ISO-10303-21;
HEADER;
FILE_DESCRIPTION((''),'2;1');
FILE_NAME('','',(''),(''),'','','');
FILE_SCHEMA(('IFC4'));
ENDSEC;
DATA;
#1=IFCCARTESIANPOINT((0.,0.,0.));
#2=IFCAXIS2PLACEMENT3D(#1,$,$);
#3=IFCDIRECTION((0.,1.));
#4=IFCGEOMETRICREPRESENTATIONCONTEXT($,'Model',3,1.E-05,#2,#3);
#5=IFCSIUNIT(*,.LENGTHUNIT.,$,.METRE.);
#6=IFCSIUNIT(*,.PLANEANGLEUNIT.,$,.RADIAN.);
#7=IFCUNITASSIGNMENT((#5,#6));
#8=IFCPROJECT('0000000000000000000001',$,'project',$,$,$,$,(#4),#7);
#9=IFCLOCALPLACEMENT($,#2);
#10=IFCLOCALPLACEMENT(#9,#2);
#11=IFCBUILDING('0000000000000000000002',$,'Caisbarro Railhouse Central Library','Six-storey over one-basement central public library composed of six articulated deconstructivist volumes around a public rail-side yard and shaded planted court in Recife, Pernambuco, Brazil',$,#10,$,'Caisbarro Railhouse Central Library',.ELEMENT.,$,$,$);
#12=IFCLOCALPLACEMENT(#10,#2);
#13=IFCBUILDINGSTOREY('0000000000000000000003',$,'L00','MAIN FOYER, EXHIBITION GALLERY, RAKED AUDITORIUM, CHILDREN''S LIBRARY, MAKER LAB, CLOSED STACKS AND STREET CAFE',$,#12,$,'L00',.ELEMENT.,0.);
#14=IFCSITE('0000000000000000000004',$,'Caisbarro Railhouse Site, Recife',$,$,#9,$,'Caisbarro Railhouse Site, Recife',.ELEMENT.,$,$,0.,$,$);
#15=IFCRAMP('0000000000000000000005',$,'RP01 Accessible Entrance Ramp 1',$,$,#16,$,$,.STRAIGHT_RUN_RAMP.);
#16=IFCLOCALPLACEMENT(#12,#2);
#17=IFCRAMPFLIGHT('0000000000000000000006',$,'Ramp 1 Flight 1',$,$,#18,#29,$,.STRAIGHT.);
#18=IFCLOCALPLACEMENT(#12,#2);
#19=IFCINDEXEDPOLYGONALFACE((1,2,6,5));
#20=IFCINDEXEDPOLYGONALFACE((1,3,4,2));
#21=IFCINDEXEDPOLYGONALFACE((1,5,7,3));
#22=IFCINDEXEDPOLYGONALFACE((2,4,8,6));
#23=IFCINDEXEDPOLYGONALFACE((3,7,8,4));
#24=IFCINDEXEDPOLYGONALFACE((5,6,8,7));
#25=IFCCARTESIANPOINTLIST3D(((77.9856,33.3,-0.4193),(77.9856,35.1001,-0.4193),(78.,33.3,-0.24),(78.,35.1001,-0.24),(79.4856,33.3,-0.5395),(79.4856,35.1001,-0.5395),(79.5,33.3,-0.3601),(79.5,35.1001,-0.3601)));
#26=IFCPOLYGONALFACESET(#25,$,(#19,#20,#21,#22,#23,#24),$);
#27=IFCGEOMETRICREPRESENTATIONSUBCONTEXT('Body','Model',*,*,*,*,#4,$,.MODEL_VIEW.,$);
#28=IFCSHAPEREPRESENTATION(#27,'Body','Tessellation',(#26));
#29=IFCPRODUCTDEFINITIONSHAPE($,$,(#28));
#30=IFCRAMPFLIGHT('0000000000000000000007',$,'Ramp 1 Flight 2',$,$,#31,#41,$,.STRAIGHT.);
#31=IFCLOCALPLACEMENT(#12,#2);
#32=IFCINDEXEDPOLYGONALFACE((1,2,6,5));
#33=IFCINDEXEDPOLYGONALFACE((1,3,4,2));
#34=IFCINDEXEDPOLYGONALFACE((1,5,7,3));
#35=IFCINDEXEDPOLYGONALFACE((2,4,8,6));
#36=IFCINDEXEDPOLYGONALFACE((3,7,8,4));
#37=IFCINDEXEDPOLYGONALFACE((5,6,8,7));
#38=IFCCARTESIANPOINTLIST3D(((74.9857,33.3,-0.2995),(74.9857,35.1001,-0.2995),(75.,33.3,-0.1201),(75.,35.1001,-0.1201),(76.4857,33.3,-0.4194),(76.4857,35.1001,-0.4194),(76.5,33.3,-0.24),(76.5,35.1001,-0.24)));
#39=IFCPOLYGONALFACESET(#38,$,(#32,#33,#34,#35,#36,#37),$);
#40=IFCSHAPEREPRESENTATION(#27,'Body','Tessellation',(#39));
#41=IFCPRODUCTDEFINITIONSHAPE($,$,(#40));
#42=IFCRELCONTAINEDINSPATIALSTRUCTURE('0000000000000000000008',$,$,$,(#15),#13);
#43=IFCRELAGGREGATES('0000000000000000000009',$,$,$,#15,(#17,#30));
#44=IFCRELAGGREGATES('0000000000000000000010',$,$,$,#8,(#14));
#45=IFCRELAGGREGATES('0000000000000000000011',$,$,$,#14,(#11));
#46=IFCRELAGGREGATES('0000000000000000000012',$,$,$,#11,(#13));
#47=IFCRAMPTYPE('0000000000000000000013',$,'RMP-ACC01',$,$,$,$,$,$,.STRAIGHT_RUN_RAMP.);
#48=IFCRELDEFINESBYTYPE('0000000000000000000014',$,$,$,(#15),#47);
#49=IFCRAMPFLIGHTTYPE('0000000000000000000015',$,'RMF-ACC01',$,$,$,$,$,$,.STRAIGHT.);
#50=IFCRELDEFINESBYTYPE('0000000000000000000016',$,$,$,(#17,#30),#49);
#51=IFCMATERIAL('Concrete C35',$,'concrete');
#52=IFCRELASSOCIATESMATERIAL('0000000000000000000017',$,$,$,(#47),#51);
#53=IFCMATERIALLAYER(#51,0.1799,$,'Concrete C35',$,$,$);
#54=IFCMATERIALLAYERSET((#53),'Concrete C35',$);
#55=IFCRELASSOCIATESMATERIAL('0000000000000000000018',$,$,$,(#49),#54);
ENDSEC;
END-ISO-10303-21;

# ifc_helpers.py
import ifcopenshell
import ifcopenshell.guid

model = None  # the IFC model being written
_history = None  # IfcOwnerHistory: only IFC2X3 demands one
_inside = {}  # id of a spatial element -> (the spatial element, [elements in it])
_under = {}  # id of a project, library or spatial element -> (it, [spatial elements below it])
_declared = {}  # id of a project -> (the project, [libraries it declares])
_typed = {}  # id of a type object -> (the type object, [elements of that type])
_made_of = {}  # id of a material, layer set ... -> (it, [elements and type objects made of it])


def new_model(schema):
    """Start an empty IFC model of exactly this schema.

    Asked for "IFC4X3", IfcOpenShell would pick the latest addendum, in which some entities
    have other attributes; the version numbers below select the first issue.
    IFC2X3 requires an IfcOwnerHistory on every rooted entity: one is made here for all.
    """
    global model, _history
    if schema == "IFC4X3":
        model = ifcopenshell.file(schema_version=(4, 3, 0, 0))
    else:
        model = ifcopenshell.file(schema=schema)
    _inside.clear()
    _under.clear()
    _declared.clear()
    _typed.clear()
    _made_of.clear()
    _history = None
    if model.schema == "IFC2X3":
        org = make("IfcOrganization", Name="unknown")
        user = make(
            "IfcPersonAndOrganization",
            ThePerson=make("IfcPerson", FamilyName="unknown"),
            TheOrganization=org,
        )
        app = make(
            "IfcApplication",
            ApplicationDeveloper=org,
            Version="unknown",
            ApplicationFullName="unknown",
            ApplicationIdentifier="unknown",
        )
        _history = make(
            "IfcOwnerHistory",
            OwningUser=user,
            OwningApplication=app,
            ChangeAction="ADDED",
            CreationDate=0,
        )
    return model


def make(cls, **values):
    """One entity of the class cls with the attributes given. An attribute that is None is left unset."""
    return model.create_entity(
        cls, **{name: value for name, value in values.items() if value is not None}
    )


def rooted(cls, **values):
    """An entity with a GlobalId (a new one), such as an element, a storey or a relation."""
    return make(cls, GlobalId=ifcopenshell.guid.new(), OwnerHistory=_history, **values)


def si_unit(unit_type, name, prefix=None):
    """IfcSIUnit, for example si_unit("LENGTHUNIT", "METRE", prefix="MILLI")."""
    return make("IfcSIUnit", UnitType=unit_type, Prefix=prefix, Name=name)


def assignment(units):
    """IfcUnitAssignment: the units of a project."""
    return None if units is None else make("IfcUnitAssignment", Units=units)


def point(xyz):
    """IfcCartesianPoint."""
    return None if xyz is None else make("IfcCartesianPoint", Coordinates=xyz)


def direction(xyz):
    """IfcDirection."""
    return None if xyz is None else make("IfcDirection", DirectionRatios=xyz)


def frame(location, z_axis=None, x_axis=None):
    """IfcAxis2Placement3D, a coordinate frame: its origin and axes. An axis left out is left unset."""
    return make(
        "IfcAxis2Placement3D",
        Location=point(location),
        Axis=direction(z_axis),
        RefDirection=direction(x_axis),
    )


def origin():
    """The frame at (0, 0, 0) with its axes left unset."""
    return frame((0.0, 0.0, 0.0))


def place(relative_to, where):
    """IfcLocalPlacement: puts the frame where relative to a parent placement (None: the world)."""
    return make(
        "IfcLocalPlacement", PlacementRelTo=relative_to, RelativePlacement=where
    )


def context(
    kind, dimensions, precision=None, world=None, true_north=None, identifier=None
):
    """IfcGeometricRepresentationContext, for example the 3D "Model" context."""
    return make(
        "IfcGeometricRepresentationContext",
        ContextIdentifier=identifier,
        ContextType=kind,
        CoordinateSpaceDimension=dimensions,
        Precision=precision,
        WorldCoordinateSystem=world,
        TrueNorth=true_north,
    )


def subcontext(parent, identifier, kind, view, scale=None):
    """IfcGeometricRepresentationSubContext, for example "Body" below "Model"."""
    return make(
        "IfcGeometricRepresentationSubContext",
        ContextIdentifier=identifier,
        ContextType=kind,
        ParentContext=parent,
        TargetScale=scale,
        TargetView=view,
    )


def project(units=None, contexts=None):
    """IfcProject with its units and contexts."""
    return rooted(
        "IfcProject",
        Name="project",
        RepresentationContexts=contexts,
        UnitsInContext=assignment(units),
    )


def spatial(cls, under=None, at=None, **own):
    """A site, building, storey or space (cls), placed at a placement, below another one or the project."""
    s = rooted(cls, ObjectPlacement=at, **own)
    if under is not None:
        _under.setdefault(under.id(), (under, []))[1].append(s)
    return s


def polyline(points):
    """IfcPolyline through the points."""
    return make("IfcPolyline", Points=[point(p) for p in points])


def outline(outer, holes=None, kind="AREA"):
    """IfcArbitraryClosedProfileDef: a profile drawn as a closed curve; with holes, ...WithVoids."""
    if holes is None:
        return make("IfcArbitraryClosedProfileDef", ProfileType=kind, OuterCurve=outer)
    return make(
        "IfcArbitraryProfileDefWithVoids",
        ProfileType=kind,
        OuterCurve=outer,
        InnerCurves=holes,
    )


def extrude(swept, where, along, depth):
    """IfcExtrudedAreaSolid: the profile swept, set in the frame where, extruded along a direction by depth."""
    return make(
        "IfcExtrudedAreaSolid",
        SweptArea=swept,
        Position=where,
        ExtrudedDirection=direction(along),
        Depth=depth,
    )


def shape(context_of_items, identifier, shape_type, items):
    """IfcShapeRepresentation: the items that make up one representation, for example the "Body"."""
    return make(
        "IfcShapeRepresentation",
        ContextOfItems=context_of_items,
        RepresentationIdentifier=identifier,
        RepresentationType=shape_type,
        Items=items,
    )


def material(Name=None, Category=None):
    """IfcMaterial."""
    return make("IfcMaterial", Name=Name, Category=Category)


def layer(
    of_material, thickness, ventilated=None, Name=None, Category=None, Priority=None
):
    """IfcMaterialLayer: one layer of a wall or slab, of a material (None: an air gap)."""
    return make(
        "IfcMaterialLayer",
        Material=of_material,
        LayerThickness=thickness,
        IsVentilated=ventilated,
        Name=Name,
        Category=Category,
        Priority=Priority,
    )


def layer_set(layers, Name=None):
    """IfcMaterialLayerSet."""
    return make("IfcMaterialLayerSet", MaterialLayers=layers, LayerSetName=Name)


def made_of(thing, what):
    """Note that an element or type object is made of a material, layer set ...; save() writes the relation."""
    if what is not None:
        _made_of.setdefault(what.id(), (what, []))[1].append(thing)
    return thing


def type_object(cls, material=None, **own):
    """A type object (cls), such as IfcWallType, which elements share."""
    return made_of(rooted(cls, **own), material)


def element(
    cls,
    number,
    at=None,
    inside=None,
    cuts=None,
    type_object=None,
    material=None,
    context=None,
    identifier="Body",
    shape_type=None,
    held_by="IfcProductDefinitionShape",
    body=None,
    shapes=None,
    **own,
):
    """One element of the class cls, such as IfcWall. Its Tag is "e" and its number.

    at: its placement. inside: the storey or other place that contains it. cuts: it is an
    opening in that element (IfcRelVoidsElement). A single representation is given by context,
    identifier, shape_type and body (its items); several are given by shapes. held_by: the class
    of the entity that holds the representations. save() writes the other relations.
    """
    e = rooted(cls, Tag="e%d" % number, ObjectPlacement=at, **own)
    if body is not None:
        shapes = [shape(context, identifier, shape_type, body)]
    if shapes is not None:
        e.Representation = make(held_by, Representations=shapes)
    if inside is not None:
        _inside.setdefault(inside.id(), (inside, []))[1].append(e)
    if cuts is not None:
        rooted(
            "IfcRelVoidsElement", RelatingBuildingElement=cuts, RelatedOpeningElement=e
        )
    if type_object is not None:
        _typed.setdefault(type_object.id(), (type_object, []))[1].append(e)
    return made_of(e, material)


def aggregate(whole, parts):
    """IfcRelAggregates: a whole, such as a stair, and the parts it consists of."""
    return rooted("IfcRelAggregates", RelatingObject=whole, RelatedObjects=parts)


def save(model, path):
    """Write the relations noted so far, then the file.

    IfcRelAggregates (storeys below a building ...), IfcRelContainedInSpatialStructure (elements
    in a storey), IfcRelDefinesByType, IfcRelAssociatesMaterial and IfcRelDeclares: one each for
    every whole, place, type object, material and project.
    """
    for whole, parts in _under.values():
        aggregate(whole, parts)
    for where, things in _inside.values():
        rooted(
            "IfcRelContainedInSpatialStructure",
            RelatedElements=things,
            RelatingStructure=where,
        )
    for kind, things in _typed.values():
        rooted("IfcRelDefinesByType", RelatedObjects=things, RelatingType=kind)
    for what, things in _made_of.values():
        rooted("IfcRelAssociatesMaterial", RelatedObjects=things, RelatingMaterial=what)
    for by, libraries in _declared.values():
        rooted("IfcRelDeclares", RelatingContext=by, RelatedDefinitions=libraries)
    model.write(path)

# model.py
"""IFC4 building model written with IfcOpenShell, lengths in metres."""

from ifc_helpers import new_model, si_unit, direction, frame, origin, place, context, subcontext, project, spatial, polyline, outline, extrude, material, layer, layer_set, type_object, element, aggregate, save


model = new_model("IFC4")

# Units and contexts
model_context = context("Model", 3, precision=1e-05, world=origin(), true_north=direction((0.0, 1.0)))
body_context = subcontext(model_context, "Body", "Model", "MODEL_VIEW")
ifc_project = project(units=[si_unit("LENGTHUNIT", "METRE"), si_unit("PLANEANGLEUNIT", "RADIAN")], contexts=[model_context])

# Site, building, storey
site_placement = place(None, origin())
site = spatial("IfcSite", under=ifc_project, at=site_placement, Name="Caisbarro Railhouse Site, Recife", LongName="Caisbarro Railhouse Site, Recife", CompositionType="ELEMENT", RefElevation=0.0)
building_placement = place(site_placement, origin())
building = spatial("IfcBuilding", under=site, at=building_placement, Name="Caisbarro Railhouse Central Library", Description="Six-storey over one-basement central public library composed of six articulated deconstructivist volumes around a public rail-side yard and shaded planted court in Recife, Pernambuco, Brazil", LongName="Caisbarro Railhouse Central Library", CompositionType="ELEMENT")
storey_placement = place(building_placement, origin())
storey = spatial("IfcBuildingStorey", under=building, at=storey_placement, Name="L00", Description="MAIN FOYER, EXHIBITION GALLERY, RAKED AUDITORIUM, CHILDREN'S LIBRARY, MAKER LAB, CLOSED STACKS AND STREET CAFE", LongName="L00", CompositionType="ELEMENT", Elevation=0.0)

# Shared definitions
ifc_material_1 = material(Name="Concrete C35", Category="concrete")

# Ramp, ramp flights
ramp_type = type_object("IfcRampType", Name="RMP-ACC01", PredefinedType="STRAIGHT_RUN_RAMP", material=ifc_material_1)
ramp_placement = place(storey_placement, origin())
ramp = element("IfcRamp", 1, at=ramp_placement, inside=storey, type_object=ramp_type, Name="RP01 Accessible Entrance Ramp 1", PredefinedType="STRAIGHT_RUN_RAMP")
ifc_layer_1 = layer(ifc_material_1, 0.1799, Name="Concrete C35")
ifc_layer_set_1 = layer_set([ifc_layer_1], Name="Concrete C35")
ramp_flight_type = type_object("IfcRampFlightType", Name="RMF-ACC01", PredefinedType="STRAIGHT", material=ifc_layer_set_1)
ramp_flight_1_placement = place(storey_placement, frame((78.0, 33.3, -0.24), z_axis=(0.079823, 0.0, 0.996809), x_axis=(0.996809, 0.0, -0.079823)))
ramp_flight_1 = element("IfcRampFlight", 2, at=ramp_flight_1_placement, type_object=ramp_flight_type, Name="Ramp 1 Flight 1", PredefinedType="STRAIGHT", context=body_context, shape_type="SweptSolid", body=[
    extrude(outline(polyline([(0.0, 0.0), (1.5048, 0.0), (1.5048, 1.8), (0.0, 1.8), (0.0, 0.0)])), origin(), (0.0, 0.0, -1.0), 0.1799),
])
ramp_flight_2_placement = place(storey_placement, frame((75.0, 33.3, -0.1201), z_axis=(0.079661, 0.0, 0.996822), x_axis=(0.996822, 0.0, -0.079661)))
ramp_flight_2 = element("IfcRampFlight", 3, at=ramp_flight_2_placement, type_object=ramp_flight_type, Name="Ramp 1 Flight 2", PredefinedType="STRAIGHT", context=body_context, shape_type="SweptSolid", body=[
    extrude(outline(polyline([(0.0, 0.0), (1.5048, 0.0), (1.5048, 1.8), (0.0, 1.8), (0.0, 0.0)])), origin(), (0.0, 0.0, -1.0), 0.1799),
])
aggregate(ramp, [ramp_flight_1, ramp_flight_2])

save(model, "model.ifc")
